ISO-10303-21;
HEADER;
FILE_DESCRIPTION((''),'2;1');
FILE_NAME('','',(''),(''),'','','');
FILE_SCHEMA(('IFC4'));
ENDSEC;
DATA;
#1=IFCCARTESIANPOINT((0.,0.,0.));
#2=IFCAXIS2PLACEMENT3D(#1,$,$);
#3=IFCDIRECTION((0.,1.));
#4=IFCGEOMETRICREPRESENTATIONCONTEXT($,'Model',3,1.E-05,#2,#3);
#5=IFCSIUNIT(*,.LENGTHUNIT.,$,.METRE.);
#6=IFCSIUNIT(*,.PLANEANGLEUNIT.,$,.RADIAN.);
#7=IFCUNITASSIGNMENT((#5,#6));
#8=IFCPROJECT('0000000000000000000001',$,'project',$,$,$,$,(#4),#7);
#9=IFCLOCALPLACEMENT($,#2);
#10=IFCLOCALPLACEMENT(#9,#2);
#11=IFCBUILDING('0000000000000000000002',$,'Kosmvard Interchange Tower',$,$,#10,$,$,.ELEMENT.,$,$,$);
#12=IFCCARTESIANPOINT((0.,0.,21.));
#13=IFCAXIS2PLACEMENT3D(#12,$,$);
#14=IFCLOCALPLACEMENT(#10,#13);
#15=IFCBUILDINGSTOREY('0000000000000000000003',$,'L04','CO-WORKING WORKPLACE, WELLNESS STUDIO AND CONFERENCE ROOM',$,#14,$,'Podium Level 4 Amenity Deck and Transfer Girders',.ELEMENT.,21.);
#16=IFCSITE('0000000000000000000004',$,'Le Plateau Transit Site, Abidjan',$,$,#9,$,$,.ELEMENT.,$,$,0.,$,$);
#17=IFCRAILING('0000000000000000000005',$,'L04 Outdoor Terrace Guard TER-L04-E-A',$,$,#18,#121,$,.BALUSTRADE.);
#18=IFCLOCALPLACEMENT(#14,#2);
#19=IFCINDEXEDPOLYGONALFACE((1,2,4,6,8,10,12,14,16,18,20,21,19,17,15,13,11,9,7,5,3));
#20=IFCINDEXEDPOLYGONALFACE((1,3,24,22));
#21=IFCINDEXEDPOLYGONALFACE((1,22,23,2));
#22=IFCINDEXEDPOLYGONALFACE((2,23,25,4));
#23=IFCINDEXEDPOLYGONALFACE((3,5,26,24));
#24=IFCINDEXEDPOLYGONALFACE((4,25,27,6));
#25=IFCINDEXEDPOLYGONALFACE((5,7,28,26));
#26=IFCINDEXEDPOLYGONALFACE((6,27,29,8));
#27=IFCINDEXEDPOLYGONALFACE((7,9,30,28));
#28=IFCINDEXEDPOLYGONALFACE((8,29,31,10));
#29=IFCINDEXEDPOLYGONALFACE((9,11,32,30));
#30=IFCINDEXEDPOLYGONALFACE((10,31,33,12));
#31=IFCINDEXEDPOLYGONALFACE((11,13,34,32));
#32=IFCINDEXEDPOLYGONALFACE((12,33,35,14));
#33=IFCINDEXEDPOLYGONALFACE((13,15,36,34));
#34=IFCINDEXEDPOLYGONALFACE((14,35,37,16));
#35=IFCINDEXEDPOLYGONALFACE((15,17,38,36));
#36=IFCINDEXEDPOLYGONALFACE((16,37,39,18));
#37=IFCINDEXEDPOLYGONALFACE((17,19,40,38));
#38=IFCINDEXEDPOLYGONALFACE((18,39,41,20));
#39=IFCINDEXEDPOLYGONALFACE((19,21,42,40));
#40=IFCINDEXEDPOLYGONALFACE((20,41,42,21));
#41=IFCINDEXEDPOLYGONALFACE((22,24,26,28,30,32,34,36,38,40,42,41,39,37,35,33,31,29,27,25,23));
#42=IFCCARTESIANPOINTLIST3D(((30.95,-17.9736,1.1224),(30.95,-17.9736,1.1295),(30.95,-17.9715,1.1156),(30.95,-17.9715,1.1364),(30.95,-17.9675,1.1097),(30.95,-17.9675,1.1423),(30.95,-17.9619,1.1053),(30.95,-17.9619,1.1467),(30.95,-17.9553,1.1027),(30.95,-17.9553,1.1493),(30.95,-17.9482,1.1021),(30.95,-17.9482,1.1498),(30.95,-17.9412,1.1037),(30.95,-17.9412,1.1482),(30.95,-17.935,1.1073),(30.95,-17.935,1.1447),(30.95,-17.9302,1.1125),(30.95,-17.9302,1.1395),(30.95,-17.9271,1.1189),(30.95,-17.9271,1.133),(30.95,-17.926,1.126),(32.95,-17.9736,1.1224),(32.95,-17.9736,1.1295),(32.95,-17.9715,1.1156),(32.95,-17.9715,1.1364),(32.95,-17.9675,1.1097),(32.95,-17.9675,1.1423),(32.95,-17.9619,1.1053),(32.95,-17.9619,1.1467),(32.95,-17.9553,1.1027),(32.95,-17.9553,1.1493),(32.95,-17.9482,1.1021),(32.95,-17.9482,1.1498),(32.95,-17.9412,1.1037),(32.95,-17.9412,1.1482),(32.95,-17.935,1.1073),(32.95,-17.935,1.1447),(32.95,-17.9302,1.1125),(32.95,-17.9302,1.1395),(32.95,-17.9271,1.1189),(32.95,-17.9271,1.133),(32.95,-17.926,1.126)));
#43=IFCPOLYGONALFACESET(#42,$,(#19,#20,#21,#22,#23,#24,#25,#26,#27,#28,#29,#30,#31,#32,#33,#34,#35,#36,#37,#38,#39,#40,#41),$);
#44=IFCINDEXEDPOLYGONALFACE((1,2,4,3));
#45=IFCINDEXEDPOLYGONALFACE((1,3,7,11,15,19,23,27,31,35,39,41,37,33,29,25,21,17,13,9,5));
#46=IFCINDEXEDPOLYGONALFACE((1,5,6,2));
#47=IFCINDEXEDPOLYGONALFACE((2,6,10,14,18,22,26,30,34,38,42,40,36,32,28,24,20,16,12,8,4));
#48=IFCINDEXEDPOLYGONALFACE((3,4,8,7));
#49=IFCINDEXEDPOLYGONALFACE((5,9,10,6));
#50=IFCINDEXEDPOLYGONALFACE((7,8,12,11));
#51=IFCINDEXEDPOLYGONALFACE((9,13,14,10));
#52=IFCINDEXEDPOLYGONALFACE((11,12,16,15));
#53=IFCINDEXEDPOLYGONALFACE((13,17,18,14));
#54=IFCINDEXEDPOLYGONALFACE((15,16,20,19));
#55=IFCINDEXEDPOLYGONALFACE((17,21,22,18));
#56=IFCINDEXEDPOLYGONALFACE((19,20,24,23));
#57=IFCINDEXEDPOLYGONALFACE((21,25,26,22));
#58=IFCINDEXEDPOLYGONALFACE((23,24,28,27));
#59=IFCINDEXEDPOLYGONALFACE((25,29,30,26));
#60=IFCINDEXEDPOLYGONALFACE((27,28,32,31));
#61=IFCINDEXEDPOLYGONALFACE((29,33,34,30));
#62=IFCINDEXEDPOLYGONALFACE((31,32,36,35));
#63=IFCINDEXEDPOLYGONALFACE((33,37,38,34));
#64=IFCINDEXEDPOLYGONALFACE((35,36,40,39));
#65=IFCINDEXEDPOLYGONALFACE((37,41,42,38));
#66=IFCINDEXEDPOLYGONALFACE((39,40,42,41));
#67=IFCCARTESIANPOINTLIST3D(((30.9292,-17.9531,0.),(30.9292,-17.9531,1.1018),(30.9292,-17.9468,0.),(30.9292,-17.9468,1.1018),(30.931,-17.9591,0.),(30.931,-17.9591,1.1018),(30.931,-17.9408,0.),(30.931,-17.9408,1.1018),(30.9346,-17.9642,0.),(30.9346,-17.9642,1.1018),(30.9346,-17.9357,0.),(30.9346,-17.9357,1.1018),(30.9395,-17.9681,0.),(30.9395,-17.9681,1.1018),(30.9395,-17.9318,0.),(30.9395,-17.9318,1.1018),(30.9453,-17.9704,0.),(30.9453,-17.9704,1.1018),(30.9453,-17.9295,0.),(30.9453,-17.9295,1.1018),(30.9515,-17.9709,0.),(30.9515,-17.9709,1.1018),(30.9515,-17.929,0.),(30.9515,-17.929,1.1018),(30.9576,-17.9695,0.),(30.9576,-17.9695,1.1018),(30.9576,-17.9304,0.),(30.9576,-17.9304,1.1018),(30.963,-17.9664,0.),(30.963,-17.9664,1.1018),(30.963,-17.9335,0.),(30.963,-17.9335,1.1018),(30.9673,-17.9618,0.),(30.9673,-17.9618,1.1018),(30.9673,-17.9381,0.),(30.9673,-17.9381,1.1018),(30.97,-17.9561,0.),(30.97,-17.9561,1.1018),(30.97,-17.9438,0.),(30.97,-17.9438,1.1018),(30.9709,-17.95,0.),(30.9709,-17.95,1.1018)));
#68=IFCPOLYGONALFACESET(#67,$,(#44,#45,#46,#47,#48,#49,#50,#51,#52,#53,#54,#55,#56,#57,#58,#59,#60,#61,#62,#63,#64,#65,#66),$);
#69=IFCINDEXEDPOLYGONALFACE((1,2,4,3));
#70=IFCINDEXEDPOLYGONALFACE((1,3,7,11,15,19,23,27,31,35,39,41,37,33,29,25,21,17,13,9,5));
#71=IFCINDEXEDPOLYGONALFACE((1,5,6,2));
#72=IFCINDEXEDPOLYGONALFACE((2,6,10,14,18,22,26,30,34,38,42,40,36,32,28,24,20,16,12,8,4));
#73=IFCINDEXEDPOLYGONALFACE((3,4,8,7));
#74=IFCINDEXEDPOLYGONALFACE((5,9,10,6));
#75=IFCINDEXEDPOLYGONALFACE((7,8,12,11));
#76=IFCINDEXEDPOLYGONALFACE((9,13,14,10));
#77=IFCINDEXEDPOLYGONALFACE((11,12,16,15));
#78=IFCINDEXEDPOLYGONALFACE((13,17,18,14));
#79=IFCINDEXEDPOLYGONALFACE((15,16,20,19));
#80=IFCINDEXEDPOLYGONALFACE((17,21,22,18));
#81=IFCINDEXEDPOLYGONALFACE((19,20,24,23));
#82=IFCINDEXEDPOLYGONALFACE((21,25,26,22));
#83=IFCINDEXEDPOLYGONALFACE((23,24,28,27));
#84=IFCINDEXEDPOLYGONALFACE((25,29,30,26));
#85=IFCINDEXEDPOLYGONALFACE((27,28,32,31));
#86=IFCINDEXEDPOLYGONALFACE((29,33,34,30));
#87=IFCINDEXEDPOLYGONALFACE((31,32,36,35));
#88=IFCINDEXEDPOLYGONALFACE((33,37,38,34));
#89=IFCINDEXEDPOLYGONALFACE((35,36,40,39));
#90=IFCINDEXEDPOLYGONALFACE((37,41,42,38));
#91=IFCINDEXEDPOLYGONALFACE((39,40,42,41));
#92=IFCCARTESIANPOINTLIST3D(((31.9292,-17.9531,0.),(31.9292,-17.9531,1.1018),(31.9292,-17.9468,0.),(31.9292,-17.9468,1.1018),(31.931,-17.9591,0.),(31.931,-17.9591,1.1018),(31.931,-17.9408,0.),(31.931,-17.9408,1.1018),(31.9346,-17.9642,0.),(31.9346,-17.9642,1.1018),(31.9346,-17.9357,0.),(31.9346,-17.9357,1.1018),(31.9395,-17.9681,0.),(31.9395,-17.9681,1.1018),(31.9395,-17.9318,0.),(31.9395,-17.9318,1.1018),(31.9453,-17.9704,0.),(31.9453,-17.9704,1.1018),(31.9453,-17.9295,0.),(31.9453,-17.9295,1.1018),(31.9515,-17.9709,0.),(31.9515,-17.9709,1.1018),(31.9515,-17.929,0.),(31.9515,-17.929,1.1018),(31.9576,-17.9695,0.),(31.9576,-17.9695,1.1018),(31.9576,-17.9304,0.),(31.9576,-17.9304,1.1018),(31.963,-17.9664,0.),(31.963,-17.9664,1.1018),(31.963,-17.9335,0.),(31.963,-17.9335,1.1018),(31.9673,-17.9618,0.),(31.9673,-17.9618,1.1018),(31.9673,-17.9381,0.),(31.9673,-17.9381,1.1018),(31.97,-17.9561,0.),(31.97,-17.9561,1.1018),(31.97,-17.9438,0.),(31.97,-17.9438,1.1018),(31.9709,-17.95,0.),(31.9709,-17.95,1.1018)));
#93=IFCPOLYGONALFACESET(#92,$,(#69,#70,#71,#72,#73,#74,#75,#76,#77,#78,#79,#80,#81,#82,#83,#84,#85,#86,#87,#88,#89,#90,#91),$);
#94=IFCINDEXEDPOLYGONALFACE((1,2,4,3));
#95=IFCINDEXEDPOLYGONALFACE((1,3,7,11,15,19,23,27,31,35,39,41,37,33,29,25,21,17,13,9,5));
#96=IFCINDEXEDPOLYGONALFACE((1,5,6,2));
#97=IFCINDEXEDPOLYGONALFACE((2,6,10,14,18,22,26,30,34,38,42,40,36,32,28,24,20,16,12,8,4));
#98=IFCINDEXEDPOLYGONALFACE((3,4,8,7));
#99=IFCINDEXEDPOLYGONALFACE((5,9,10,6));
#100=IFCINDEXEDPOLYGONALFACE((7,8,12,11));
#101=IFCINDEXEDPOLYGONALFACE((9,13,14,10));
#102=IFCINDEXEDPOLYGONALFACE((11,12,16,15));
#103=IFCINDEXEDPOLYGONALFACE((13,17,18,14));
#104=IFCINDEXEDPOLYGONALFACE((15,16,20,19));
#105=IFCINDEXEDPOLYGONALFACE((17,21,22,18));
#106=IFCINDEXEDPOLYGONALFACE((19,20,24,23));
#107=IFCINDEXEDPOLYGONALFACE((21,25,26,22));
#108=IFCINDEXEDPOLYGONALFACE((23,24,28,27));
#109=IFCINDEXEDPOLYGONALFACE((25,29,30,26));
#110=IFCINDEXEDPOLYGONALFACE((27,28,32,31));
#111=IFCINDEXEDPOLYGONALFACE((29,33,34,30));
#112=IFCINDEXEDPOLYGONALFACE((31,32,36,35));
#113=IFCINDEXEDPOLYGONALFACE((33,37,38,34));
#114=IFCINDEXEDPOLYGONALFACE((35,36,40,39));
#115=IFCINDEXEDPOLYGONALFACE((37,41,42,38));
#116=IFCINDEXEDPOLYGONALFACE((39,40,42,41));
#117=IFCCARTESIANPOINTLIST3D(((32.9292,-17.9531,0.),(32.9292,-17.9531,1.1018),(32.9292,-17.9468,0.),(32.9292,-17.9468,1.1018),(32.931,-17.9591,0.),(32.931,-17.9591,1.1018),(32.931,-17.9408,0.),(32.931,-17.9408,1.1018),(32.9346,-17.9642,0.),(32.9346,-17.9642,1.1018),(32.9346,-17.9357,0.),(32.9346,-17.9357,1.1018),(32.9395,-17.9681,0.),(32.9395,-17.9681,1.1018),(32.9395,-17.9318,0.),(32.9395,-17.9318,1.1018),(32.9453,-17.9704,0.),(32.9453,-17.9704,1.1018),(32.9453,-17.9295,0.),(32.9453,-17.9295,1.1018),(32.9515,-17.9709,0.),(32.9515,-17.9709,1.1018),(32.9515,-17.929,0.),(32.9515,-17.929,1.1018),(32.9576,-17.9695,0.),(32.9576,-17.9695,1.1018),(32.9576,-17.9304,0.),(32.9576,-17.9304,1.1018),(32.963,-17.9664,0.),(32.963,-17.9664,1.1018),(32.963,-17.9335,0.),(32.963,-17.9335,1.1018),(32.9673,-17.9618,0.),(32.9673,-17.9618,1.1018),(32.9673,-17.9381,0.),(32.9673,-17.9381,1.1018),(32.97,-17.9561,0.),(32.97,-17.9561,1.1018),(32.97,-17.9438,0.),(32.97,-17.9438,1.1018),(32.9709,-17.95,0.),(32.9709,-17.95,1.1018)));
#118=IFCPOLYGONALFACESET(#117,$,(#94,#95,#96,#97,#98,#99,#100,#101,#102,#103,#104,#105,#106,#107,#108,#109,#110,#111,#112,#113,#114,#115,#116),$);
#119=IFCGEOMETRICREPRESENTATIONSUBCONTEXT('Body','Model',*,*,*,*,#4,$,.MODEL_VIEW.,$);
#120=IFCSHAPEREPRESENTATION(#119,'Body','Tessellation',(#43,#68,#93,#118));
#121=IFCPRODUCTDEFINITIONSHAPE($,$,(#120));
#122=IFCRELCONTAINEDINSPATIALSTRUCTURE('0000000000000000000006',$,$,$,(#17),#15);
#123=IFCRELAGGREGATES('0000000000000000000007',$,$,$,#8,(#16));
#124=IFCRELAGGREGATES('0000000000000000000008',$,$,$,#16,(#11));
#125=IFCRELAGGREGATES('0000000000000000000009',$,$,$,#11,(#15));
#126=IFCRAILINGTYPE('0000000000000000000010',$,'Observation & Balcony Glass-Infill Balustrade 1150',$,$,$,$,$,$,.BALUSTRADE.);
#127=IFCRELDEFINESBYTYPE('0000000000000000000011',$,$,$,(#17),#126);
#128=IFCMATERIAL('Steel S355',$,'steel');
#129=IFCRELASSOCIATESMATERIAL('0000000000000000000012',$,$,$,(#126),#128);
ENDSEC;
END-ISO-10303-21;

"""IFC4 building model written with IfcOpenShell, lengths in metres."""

from ifc_helpers import new_model, si_unit, direction, frame, origin, origin_2d, place, context, subcontext, project, spatial, circle, extrude, source, transform, mapped, material, type_object, element, save


model = new_model("IFC4")

# Units and contexts
model_context = context("Model", 3, precision=1e-05, world=origin(), true_north=direction((0.0, 1.0)))
body_context = subcontext(model_context, "Body", "Model", "MODEL_VIEW")
ifc_project = project(units=[si_unit("LENGTHUNIT", "METRE"), si_unit("PLANEANGLEUNIT", "RADIAN")], contexts=[model_context])

# Site, building, storey
site_placement = place(None, origin())
site = spatial("IfcSite", under=ifc_project, at=site_placement, Name="Le Plateau Transit Site, Abidjan", CompositionType="ELEMENT", RefElevation=0.0)
building_placement = place(site_placement, origin())
building = spatial("IfcBuilding", under=site, at=building_placement, Name="Kosmvard Interchange Tower", CompositionType="ELEMENT")
storey_placement = place(building_placement, frame((0.0, 0.0, 21.0)))
storey = spatial("IfcBuildingStorey", under=building, at=storey_placement, Name="L04", Description="CO-WORKING WORKPLACE, WELLNESS STUDIO AND CONFERENCE ROOM", LongName="Podium Level 4 Amenity Deck and Transfer Girders", CompositionType="ELEMENT", Elevation=21.0)

# Shared definitions
ifc_material_1 = material(Name="Steel S355", Category="steel")

# Railing
railing_type_1 = type_object("IfcRailingType", Name="Observation & Balcony Glass-Infill Balustrade 1150", PredefinedType="BALUSTRADE", material=ifc_material_1)
shared_shape_1 = source(origin(), body_context, "Body", "SweptSolid", [
    extrude(circle(Radius=0.0239, at=origin_2d()), frame((0.0, 0.0, 1.126), z_axis=(1.0, 0.0, 0.0), x_axis=(0.0, 1.0, 0.0)), (0.0, 0.0, 1.0), 2.0),
    extrude(circle(Radius=0.021, at=origin_2d()), origin(), (0.0, 0.0, 1.0), 1.1018),
    extrude(circle(Radius=0.021, at=origin_2d()), frame((1.0, 0.0, 0.0)), (0.0, 0.0, 1.0), 1.1018),
    extrude(circle(Radius=0.021, at=origin_2d()), frame((2.0, 0.0, 0.0)), (0.0, 0.0, 1.0), 1.1018),
])
railing_1_placement = place(storey_placement, frame((30.95, -17.95, 0.0)))
element("IfcRailing", 1, at=railing_1_placement, inside=storey, type_object=railing_type_1, Name="L04 Outdoor Terrace Guard TER-L04-E-A", PredefinedType="BALUSTRADE", context=body_context, shape_type="MappedRepresentation", body=[
    mapped(shared_shape_1, transform((0.0, 0.0, 0.0), scale=1.0)),
])

save(model, "model.ifc")
